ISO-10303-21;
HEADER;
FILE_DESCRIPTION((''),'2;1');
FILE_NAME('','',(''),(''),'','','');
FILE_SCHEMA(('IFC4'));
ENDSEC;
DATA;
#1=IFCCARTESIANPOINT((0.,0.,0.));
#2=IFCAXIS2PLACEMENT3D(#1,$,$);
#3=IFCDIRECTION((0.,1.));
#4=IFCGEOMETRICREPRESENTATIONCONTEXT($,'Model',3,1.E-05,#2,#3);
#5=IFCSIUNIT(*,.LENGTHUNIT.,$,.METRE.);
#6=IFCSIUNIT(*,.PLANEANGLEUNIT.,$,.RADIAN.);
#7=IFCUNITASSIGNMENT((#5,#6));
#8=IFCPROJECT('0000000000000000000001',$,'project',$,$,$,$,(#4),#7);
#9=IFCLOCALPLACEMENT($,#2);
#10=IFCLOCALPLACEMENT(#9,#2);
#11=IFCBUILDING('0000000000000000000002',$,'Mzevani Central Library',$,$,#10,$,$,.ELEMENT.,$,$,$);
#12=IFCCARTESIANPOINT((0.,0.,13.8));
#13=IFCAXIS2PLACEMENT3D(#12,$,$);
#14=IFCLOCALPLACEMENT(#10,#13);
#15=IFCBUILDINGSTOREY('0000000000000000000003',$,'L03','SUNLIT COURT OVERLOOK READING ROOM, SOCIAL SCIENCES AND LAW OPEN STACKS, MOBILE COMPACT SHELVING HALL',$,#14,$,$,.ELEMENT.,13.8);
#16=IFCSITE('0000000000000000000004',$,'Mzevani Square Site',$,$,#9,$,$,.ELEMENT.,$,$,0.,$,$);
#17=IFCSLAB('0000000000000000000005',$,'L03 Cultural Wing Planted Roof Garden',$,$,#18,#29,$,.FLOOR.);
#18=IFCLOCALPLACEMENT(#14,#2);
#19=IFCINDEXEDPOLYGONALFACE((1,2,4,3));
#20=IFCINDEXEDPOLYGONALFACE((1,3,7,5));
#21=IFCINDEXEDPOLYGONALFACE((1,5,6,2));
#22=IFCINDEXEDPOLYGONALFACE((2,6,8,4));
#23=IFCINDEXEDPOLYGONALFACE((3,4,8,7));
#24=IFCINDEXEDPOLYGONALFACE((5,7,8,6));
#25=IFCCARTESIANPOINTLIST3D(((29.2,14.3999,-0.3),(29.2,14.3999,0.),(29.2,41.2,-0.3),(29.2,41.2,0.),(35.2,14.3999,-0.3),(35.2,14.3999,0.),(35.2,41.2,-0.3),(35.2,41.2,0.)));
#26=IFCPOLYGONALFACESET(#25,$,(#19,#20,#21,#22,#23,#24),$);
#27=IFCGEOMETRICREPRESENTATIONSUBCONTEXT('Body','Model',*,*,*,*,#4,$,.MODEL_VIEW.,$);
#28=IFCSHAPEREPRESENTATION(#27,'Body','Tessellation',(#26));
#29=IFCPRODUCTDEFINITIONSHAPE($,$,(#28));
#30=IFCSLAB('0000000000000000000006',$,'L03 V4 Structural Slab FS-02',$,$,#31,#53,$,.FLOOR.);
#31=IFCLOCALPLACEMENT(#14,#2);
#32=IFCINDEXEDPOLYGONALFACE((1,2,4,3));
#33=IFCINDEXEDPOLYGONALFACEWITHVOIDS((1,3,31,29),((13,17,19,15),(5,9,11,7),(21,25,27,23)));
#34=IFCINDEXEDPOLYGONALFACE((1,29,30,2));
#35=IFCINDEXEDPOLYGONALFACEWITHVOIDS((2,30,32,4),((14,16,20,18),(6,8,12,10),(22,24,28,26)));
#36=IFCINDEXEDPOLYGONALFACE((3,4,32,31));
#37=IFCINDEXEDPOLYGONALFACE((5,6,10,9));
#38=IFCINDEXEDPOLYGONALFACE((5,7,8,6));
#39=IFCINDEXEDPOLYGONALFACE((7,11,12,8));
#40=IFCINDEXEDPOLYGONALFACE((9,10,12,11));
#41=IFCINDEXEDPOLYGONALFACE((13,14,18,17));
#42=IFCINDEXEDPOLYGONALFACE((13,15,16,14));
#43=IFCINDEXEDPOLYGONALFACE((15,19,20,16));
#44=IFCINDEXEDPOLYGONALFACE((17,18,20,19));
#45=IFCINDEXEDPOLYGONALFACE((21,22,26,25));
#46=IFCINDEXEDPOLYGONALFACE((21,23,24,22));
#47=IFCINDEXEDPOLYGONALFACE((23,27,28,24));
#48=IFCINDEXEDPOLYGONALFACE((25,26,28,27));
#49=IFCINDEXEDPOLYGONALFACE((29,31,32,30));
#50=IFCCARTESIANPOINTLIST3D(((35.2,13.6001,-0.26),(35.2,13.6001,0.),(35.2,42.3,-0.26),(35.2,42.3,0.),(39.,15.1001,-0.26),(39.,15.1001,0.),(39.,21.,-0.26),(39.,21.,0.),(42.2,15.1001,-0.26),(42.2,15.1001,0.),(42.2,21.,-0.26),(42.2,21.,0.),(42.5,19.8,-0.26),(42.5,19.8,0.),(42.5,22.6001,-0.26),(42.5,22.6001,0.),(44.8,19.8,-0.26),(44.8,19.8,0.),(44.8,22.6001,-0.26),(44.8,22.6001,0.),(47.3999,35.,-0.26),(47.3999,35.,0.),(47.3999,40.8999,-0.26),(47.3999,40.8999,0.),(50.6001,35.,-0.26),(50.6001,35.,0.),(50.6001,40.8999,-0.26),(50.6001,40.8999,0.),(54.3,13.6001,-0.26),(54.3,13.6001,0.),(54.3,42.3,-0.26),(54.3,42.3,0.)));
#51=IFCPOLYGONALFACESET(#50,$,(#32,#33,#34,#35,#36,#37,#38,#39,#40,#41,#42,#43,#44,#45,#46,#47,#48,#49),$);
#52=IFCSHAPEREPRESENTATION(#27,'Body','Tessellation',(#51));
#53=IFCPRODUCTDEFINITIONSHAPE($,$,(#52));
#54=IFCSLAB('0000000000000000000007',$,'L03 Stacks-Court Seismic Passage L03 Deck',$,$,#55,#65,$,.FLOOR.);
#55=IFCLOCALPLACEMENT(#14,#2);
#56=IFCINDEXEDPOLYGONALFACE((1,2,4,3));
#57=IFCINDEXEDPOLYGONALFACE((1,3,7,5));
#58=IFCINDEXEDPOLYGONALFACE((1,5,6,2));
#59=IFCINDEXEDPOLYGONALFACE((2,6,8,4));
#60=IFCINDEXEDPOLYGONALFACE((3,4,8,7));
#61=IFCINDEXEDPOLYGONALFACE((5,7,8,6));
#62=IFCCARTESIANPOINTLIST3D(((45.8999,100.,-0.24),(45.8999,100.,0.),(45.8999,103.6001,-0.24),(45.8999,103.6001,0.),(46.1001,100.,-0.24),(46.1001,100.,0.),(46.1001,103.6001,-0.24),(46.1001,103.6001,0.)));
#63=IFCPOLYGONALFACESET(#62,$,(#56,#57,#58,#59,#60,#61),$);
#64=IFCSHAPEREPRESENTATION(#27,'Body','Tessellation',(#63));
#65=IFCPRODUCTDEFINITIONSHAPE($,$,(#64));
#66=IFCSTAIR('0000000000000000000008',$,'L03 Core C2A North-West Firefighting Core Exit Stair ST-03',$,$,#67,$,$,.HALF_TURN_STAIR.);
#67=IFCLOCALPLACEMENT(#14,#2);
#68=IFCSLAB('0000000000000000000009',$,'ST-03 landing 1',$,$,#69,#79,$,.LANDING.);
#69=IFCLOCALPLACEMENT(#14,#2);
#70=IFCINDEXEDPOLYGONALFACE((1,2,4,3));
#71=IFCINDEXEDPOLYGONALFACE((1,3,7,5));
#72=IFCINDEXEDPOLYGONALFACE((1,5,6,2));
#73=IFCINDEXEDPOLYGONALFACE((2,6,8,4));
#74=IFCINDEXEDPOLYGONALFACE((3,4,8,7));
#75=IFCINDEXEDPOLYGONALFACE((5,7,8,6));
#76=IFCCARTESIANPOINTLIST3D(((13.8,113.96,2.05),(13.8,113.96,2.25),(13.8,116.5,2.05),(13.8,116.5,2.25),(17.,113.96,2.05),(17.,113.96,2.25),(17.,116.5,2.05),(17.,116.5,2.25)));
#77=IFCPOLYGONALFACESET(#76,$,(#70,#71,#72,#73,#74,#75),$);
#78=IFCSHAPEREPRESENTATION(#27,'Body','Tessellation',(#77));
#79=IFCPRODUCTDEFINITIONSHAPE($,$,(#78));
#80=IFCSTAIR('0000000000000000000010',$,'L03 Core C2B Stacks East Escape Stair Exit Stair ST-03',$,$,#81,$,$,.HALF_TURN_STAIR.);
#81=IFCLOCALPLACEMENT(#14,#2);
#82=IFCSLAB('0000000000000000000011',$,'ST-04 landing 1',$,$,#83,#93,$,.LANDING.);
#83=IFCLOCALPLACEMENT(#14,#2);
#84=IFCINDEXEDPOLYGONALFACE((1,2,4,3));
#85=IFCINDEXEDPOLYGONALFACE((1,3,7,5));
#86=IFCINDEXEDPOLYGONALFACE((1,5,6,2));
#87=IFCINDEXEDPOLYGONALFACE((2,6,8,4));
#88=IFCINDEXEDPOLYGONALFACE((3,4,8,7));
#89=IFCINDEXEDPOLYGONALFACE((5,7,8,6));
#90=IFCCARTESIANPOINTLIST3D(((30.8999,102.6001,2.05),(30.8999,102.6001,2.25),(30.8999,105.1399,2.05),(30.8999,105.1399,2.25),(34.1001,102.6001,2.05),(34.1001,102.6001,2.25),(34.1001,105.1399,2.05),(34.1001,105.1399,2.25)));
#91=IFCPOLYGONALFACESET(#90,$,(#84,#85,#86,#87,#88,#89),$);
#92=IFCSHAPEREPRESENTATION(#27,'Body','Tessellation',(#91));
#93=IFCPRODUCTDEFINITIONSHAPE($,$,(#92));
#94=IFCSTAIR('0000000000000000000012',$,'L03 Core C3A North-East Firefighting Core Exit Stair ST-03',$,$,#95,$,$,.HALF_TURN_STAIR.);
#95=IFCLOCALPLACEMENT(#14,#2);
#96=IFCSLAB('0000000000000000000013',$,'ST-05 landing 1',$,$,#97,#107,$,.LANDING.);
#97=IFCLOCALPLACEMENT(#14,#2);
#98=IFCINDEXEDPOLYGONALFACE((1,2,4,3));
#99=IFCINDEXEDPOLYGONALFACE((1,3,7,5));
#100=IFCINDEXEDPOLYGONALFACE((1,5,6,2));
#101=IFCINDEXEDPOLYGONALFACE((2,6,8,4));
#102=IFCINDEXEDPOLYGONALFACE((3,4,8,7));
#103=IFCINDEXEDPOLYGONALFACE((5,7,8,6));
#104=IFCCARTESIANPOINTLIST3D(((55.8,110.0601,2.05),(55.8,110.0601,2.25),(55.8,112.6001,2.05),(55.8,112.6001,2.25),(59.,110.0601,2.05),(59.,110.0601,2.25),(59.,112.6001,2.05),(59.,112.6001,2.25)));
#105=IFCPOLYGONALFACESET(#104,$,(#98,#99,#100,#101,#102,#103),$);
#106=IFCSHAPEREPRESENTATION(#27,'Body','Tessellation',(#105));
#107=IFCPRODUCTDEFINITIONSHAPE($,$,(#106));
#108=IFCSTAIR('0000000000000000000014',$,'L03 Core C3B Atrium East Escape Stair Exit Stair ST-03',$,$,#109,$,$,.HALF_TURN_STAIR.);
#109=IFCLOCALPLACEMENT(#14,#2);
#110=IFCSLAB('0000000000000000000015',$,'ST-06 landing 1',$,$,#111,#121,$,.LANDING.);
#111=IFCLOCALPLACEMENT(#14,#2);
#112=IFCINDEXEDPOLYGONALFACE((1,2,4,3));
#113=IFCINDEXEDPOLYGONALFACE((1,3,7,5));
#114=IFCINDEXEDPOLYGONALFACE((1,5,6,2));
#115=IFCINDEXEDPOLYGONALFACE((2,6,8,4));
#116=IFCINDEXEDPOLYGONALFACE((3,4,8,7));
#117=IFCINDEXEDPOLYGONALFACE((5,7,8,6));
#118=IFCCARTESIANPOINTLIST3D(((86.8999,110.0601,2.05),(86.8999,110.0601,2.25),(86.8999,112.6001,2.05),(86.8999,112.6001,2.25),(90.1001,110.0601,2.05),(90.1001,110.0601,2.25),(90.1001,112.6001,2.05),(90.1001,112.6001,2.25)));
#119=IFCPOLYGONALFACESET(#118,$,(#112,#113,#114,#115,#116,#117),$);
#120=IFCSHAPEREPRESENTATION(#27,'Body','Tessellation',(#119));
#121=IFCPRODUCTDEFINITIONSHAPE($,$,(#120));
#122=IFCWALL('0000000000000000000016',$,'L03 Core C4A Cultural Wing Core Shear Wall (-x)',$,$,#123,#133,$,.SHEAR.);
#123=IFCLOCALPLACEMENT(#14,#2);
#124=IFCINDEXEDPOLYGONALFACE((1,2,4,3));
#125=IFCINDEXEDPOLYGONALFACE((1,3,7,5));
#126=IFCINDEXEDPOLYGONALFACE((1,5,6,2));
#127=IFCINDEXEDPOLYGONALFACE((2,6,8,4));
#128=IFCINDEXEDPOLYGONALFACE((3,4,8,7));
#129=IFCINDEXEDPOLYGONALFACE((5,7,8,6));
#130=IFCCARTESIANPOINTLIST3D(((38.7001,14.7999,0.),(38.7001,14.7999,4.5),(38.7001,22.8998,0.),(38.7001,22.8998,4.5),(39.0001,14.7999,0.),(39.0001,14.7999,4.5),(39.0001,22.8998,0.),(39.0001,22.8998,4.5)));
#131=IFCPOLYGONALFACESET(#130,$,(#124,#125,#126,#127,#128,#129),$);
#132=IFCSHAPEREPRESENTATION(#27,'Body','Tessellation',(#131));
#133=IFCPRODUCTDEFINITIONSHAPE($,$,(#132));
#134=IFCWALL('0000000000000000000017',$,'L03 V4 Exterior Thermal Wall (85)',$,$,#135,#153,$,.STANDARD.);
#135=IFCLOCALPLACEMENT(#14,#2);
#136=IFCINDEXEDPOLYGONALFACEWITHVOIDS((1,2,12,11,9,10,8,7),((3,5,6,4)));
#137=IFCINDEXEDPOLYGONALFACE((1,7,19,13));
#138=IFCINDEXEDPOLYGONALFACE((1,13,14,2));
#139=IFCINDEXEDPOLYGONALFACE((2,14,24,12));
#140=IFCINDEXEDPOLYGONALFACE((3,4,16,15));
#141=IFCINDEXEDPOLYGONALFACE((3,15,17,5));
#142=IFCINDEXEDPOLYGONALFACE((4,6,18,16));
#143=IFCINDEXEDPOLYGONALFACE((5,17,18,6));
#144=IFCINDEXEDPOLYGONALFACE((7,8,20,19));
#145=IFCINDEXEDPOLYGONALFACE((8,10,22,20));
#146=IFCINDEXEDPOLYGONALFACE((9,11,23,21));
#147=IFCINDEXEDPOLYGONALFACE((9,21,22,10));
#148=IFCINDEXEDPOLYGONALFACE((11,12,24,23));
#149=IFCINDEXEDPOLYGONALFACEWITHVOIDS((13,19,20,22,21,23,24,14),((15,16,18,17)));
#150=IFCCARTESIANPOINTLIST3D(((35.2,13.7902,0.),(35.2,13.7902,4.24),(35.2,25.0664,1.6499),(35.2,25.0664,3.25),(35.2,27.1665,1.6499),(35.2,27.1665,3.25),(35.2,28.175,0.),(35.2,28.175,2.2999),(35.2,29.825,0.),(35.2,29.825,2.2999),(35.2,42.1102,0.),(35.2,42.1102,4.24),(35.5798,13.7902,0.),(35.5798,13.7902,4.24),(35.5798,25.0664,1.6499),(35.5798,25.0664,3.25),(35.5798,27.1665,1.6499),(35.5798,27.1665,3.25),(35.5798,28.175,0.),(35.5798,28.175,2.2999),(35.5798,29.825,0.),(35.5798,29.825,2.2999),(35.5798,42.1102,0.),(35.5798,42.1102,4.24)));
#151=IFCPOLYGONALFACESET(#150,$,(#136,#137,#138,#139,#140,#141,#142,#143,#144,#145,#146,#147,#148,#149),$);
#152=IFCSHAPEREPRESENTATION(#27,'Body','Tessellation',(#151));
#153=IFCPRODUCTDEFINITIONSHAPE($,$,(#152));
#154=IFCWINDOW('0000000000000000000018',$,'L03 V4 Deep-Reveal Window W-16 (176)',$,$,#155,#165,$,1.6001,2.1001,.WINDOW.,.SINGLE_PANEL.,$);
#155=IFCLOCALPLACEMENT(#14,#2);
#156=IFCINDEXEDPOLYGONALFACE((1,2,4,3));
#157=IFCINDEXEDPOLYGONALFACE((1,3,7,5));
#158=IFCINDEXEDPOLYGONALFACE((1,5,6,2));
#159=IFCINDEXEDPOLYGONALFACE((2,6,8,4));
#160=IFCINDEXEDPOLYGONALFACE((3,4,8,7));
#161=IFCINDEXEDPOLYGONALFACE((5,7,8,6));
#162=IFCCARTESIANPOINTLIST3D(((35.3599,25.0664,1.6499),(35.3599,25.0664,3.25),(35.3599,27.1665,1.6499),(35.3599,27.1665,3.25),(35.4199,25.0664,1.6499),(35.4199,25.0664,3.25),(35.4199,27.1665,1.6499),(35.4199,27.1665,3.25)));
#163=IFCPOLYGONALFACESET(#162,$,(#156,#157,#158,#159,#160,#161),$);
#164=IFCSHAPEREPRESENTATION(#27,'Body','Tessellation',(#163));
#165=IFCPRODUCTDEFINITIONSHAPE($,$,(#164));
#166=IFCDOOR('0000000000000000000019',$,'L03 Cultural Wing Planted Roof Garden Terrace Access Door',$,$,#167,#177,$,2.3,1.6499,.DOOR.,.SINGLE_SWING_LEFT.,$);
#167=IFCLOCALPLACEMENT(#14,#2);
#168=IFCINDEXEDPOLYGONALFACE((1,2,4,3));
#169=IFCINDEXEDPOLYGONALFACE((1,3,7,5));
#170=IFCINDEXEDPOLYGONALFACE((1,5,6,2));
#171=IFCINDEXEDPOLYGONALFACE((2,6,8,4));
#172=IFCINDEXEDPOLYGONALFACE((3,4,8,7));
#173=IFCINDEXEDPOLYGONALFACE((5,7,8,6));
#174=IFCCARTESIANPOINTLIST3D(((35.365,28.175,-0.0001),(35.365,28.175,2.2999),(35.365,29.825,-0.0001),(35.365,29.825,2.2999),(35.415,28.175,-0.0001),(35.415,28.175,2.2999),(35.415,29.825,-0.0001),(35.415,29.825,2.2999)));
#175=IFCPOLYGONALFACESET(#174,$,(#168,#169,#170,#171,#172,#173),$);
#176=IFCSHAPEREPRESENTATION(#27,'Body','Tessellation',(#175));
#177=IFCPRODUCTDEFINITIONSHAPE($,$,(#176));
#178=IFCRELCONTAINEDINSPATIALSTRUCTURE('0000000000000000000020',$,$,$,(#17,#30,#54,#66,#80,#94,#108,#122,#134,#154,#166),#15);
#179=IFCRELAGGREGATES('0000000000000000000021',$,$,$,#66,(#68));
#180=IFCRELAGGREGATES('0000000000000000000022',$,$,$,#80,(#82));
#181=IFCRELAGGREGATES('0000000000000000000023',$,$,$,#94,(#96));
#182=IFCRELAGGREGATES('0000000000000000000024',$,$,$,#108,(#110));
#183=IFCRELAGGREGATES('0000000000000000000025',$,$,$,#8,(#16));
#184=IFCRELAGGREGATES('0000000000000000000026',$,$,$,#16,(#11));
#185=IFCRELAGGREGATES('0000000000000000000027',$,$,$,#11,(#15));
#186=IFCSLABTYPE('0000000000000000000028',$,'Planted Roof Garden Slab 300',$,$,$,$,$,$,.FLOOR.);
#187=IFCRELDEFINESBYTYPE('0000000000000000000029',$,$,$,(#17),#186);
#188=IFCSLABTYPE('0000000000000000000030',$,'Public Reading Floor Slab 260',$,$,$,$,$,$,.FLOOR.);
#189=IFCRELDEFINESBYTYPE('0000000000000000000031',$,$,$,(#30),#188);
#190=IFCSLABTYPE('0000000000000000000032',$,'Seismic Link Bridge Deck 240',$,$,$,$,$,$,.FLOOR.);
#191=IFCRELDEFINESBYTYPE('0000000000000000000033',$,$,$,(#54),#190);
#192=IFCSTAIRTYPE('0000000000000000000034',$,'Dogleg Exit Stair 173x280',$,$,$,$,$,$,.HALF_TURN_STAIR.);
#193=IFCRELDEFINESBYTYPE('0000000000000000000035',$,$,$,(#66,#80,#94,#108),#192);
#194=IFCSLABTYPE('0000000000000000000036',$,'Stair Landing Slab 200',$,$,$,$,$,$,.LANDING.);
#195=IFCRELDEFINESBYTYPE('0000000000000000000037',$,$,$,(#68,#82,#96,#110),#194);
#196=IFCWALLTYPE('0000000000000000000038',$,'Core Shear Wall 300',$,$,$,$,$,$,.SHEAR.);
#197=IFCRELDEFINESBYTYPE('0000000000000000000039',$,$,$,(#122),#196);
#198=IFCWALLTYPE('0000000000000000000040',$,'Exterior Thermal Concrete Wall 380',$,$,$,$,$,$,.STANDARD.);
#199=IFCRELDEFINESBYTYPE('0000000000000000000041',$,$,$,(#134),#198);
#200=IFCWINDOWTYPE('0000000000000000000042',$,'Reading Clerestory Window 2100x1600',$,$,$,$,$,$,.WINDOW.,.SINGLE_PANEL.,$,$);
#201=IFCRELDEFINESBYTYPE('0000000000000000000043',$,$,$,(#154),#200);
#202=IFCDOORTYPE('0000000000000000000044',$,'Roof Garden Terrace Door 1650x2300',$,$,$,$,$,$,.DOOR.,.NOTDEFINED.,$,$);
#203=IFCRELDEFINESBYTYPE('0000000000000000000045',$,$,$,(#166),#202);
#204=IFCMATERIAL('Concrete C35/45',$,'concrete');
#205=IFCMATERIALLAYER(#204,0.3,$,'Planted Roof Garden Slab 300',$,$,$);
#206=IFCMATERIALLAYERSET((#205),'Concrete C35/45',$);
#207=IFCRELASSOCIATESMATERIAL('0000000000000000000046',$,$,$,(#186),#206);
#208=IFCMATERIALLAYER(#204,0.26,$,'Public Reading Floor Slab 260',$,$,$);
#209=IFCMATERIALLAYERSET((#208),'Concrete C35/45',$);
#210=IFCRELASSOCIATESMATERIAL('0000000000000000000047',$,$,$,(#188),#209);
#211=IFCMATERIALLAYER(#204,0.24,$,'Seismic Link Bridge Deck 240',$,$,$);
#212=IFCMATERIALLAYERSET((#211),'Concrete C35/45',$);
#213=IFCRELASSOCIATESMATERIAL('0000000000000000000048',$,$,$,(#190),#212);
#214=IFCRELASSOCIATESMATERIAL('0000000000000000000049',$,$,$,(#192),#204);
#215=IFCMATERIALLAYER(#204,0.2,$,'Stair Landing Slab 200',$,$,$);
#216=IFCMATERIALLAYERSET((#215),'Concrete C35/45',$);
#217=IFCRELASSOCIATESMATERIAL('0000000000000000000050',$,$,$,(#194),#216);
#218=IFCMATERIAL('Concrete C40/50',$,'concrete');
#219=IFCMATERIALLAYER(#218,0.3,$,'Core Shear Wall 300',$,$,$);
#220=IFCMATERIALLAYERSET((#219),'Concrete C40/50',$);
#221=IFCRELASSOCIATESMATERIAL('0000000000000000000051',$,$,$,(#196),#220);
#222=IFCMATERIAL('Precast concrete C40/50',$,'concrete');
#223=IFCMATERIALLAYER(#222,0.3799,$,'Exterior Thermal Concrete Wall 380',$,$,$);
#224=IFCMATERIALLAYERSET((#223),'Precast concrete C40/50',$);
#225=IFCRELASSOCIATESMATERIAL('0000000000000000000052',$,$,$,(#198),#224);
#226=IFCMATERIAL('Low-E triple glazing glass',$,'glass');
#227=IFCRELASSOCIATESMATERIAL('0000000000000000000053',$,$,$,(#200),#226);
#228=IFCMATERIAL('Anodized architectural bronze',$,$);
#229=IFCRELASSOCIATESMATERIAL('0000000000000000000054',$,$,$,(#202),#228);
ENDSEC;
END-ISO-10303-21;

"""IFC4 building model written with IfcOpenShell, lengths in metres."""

from ifc_helpers import new_model, si_unit, direction, frame, frame_2d, origin, place, context, subcontext, project, spatial, polyline, rectangle, outline, extrude, material, layer, layer_set, type_object, element, fill, aggregate, save


model = new_model("IFC4")

# Units and contexts
model_context = context("Model", 3, precision=1e-05, world=origin(), true_north=direction((0.0, 1.0)))
body_context = subcontext(model_context, "Body", "Model", "MODEL_VIEW")
ifc_project = project(units=[si_unit("LENGTHUNIT", "METRE"), si_unit("PLANEANGLEUNIT", "RADIAN")], contexts=[model_context])

# Site, building, storey
site_placement = place(None, origin())
site = spatial("IfcSite", under=ifc_project, at=site_placement, Name="Mzevani Square Site", CompositionType="ELEMENT", RefElevation=0.0)
building_placement = place(site_placement, origin())
building = spatial("IfcBuilding", under=site, at=building_placement, Name="Mzevani Central Library", CompositionType="ELEMENT")
storey_placement = place(building_placement, frame((0.0, 0.0, 13.8)))
storey = spatial("IfcBuildingStorey", under=building, at=storey_placement, Name="L03", Description="SUNLIT COURT OVERLOOK READING ROOM, SOCIAL SCIENCES AND LAW OPEN STACKS, MOBILE COMPACT SHELVING HALL", CompositionType="ELEMENT", Elevation=13.8)

# Shared definitions
ifc_material_1 = material(Name="Concrete C40/50", Category="concrete")

# Shared definitions
ifc_material_2 = material(Name="Concrete C35/45", Category="concrete")

# Slabs
ifc_layer_1 = layer(ifc_material_2, 0.3, Name="Planted Roof Garden Slab 300")
ifc_layer_set_1 = layer_set([ifc_layer_1], Name="Concrete C35/45")
slab_type_1 = type_object("IfcSlabType", Name="Planted Roof Garden Slab 300", PredefinedType="FLOOR", material=ifc_layer_set_1)
slab_1_placement = place(storey_placement, frame((0.0, 0.0, -0.3)))
element("IfcSlab", 1, at=slab_1_placement, inside=storey, type_object=slab_type_1, Name="L03 Cultural Wing Planted Roof Garden", PredefinedType="FLOOR", context=body_context, shape_type="SweptSolid", body=[
    extrude(outline(polyline([(35.2, 41.2), (35.2, 14.3999), (29.2, 14.3999), (29.2, 41.2), (35.2, 41.2)])), origin(), (0.0, 0.0, 1.0), 0.3),
])
ifc_layer_2 = layer(ifc_material_2, 0.26, Name="Public Reading Floor Slab 260")
ifc_layer_set_2 = layer_set([ifc_layer_2], Name="Concrete C35/45")
slab_type_2 = type_object("IfcSlabType", Name="Public Reading Floor Slab 260", PredefinedType="FLOOR", material=ifc_layer_set_2)
slab_2_placement = place(storey_placement, frame((0.0, 0.0, -0.26)))
element("IfcSlab", 2, at=slab_2_placement, inside=storey, type_object=slab_type_2, Name="L03 V4 Structural Slab FS-02", PredefinedType="FLOOR", context=body_context, shape_type="SweptSolid", body=[
    extrude(outline(polyline([(54.3, 13.6001), (35.2, 13.6001), (35.2, 42.3), (54.3, 42.3), (54.3, 13.6001)]), holes=[polyline([(39.0, 21.0), (39.0, 15.1001), (42.2, 15.1001), (42.2, 21.0), (39.0, 21.0)]), polyline([(42.5, 19.8), (44.8, 19.8), (44.8, 22.6001), (42.5, 22.6001), (42.5, 19.8)]), polyline([(50.6001, 35.0), (50.6001, 40.8999), (47.3999, 40.8999), (47.3999, 35.0), (50.6001, 35.0)])]), origin(), (0.0, 0.0, 1.0), 0.26),
])
ifc_layer_3 = layer(ifc_material_2, 0.24, Name="Seismic Link Bridge Deck 240")
ifc_layer_set_3 = layer_set([ifc_layer_3], Name="Concrete C35/45")
slab_type_3 = type_object("IfcSlabType", Name="Seismic Link Bridge Deck 240", PredefinedType="FLOOR", material=ifc_layer_set_3)
slab_3_placement = place(storey_placement, frame((0.0, 0.0, -0.24)))
element("IfcSlab", 3, at=slab_3_placement, inside=storey, type_object=slab_type_3, Name="L03 Stacks-Court Seismic Passage L03 Deck", PredefinedType="FLOOR", context=body_context, shape_type="SweptSolid", body=[
    extrude(outline(polyline([(45.8999, 100.0), (46.1001, 100.0), (46.1001, 103.6001), (45.8999, 103.6001), (45.8999, 100.0)])), origin(), (0.0, 0.0, 1.0), 0.24),
])

# Stairs, slabs
stair_type = type_object("IfcStairType", Name="Dogleg Exit Stair 173x280", PredefinedType="HALF_TURN_STAIR", material=ifc_material_2)
stair_1_placement = place(storey_placement, origin())
stair_1 = element("IfcStair", 4, at=stair_1_placement, inside=storey, type_object=stair_type, Name="L03 Core C2A North-West Firefighting Core Exit Stair ST-03", PredefinedType="HALF_TURN_STAIR")
ifc_layer_4 = layer(ifc_material_2, 0.2, Name="Stair Landing Slab 200")
ifc_layer_set_4 = layer_set([ifc_layer_4], Name="Concrete C35/45")
slab_type_4 = type_object("IfcSlabType", Name="Stair Landing Slab 200", PredefinedType="LANDING", material=ifc_layer_set_4)
slab_4_placement = place(storey_placement, frame((0.0, 0.0, 2.05)))
slab_4 = element("IfcSlab", 5, at=slab_4_placement, type_object=slab_type_4, Name="ST-03 landing 1", PredefinedType="LANDING", context=body_context, shape_type="SweptSolid", body=[
    extrude(outline(polyline([(17.0, 113.96), (17.0, 116.5), (13.8, 116.5), (13.8, 113.96), (17.0, 113.96)])), origin(), (0.0, 0.0, 1.0), 0.2),
])
aggregate(stair_1, [slab_4])
stair_2_placement = place(storey_placement, origin())
stair_2 = element("IfcStair", 6, at=stair_2_placement, inside=storey, type_object=stair_type, Name="L03 Core C2B Stacks East Escape Stair Exit Stair ST-03", PredefinedType="HALF_TURN_STAIR")
slab_5_placement = place(storey_placement, frame((0.0, 0.0, 2.05)))
slab_5 = element("IfcSlab", 7, at=slab_5_placement, type_object=slab_type_4, Name="ST-04 landing 1", PredefinedType="LANDING", context=body_context, shape_type="SweptSolid", body=[
    extrude(outline(polyline([(30.8999, 105.1399), (30.8999, 102.6001), (34.1001, 102.6001), (34.1001, 105.1399), (30.8999, 105.1399)])), origin(), (0.0, 0.0, 1.0), 0.2),
])
aggregate(stair_2, [slab_5])
stair_3_placement = place(storey_placement, origin())
stair_3 = element("IfcStair", 8, at=stair_3_placement, inside=storey, type_object=stair_type, Name="L03 Core C3A North-East Firefighting Core Exit Stair ST-03", PredefinedType="HALF_TURN_STAIR")
slab_6_placement = place(storey_placement, frame((0.0, 0.0, 2.05)))
slab_6 = element("IfcSlab", 9, at=slab_6_placement, type_object=slab_type_4, Name="ST-05 landing 1", PredefinedType="LANDING", context=body_context, shape_type="SweptSolid", body=[
    extrude(outline(polyline([(59.0, 110.0601), (59.0, 112.6001), (55.8, 112.6001), (55.8, 110.0601), (59.0, 110.0601)])), origin(), (0.0, 0.0, 1.0), 0.2),
])
aggregate(stair_3, [slab_6])
stair_4_placement = place(storey_placement, origin())
stair_4 = element("IfcStair", 10, at=stair_4_placement, inside=storey, type_object=stair_type, Name="L03 Core C3B Atrium East Escape Stair Exit Stair ST-03", PredefinedType="HALF_TURN_STAIR")
slab_7_placement = place(storey_placement, frame((0.0, 0.0, 2.05)))
slab_7 = element("IfcSlab", 11, at=slab_7_placement, type_object=slab_type_4, Name="ST-06 landing 1", PredefinedType="LANDING", context=body_context, shape_type="SweptSolid", body=[
    extrude(outline(polyline([(90.1001, 110.0601), (90.1001, 112.6001), (86.8999, 112.6001), (86.8999, 110.0601), (90.1001, 110.0601)])), origin(), (0.0, 0.0, 1.0), 0.2),
])
aggregate(stair_4, [slab_7])

# Wall
ifc_layer_5 = layer(ifc_material_1, 0.3, Name="Core Shear Wall 300")
ifc_layer_set_5 = layer_set([ifc_layer_5], Name="Concrete C40/50")
wall_type_1 = type_object("IfcWallType", Name="Core Shear Wall 300", PredefinedType="SHEAR", material=ifc_layer_set_5)
wall_1_placement = place(storey_placement, frame((38.8501, 14.8, 0.0), z_axis=(0.0, 0.0, 1.0), x_axis=(0.0, 1.0, 0.0)))
element("IfcWall", 12, at=wall_1_placement, inside=storey, type_object=wall_type_1, Name="L03 Core C4A Cultural Wing Core Shear Wall (-x)", PredefinedType="SHEAR", context=body_context, shape_type="SweptSolid", body=[
    extrude(rectangle(XDim=8.0999, YDim=0.3, at=frame_2d((4.0498, 0.0))), origin(), (0.0, 0.0, 1.0), 4.5),
])

# Wall, openings, window, door
ifc_material_3 = material(Name="Precast concrete C40/50", Category="concrete")
ifc_layer_6 = layer(ifc_material_3, 0.3799, Name="Exterior Thermal Concrete Wall 380")
ifc_layer_set_6 = layer_set([ifc_layer_6], Name="Precast concrete C40/50")
wall_type_2 = type_object("IfcWallType", Name="Exterior Thermal Concrete Wall 380", PredefinedType="STANDARD", material=ifc_layer_set_6)
wall_2_placement = place(storey_placement, frame((35.3899, 13.79, 0.0), z_axis=(0.0, 0.0, 1.0), x_axis=(0.0, 1.0, 0.0)))
wall_2 = element("IfcWall", 13, at=wall_2_placement, inside=storey, type_object=wall_type_2, Name="L03 V4 Exterior Thermal Wall (85)", PredefinedType="STANDARD", context=body_context, shape_type="SweptSolid", body=[
    extrude(rectangle(XDim=28.3201, YDim=0.3799, at=frame_2d((14.1602, 0.0))), origin(), (0.0, 0.0, 1.0), 4.24),
])
opening_1_placement = place(wall_2_placement, frame((14.385, 0.0, 0.0)))
opening_1 = element("IfcOpeningElement", 14, at=opening_1_placement, cuts=wall_2, PredefinedType="OPENING", context=body_context, shape_type="SweptSolid", body=[
    extrude(rectangle(XDim=1.6499, YDim=2.3, at=frame_2d((0.825, 1.1499))), frame((0.0, 0.2, 0.0), z_axis=(0.0, -1.0, 0.0), x_axis=(1.0, 0.0, 0.0)), (0.0, 0.0, 1.0), 0.3999),
])
opening_2_placement = place(wall_2_placement, frame((11.2764, 0.0, 1.6499)))
opening_2 = element("IfcOpeningElement", 15, at=opening_2_placement, cuts=wall_2, PredefinedType="OPENING", context=body_context, shape_type="SweptSolid", body=[
    extrude(rectangle(XDim=2.1001, YDim=1.6001, at=frame_2d((1.05, 0.8))), frame((0.0, 0.2, 0.0), z_axis=(0.0, -1.0, 0.0), x_axis=(1.0, 0.0, 0.0)), (0.0, 0.0, 1.0), 0.3999),
])
ifc_material_4 = material(Name="Low-E triple glazing glass", Category="glass")
window_type = type_object("IfcWindowType", Name="Reading Clerestory Window 2100x1600", PartitioningType="SINGLE_PANEL", PredefinedType="WINDOW", material=ifc_material_4)
window_placement = place(opening_2_placement, origin())
window = element("IfcWindow", 16, at=window_placement, inside=storey, type_object=window_type, Name="L03 V4 Deep-Reveal Window W-16 (176)", OverallHeight=1.6001, OverallWidth=2.1001, PartitioningType="SINGLE_PANEL", PredefinedType="WINDOW", context=body_context, shape_type="SweptSolid", body=[
    extrude(rectangle(XDim=2.1001, YDim=1.6001, at=frame_2d((1.05, 0.8))), frame((0.0, 0.03, 0.0), z_axis=(0.0, -1.0, 0.0), x_axis=(1.0, 0.0, 0.0)), (0.0, 0.0, 1.0), 0.0601),
])
fill(opening_2, window)
ifc_material_5 = material(Name="Anodized architectural bronze")
door_type = type_object("IfcDoorType", Name="Roof Garden Terrace Door 1650x2300", OperationType="NOTDEFINED", PredefinedType="DOOR", material=ifc_material_5)
door_placement = place(opening_1_placement, origin())
door = element("IfcDoor", 17, at=door_placement, inside=storey, type_object=door_type, Name="L03 Cultural Wing Planted Roof Garden Terrace Access Door", OperationType="SINGLE_SWING_LEFT", OverallHeight=2.3, OverallWidth=1.6499, PredefinedType="DOOR", context=body_context, shape_type="SweptSolid", body=[
    extrude(rectangle(XDim=1.6499, YDim=2.3, at=frame_2d((0.825, 1.1499))), frame((0.0, 0.0249, 0.0), z_axis=(0.0, -1.0, 0.0), x_axis=(1.0, 0.0, 0.0)), (0.0, 0.0, 1.0), 0.05),
])
fill(opening_1, door)

save(model, "model.ifc")
